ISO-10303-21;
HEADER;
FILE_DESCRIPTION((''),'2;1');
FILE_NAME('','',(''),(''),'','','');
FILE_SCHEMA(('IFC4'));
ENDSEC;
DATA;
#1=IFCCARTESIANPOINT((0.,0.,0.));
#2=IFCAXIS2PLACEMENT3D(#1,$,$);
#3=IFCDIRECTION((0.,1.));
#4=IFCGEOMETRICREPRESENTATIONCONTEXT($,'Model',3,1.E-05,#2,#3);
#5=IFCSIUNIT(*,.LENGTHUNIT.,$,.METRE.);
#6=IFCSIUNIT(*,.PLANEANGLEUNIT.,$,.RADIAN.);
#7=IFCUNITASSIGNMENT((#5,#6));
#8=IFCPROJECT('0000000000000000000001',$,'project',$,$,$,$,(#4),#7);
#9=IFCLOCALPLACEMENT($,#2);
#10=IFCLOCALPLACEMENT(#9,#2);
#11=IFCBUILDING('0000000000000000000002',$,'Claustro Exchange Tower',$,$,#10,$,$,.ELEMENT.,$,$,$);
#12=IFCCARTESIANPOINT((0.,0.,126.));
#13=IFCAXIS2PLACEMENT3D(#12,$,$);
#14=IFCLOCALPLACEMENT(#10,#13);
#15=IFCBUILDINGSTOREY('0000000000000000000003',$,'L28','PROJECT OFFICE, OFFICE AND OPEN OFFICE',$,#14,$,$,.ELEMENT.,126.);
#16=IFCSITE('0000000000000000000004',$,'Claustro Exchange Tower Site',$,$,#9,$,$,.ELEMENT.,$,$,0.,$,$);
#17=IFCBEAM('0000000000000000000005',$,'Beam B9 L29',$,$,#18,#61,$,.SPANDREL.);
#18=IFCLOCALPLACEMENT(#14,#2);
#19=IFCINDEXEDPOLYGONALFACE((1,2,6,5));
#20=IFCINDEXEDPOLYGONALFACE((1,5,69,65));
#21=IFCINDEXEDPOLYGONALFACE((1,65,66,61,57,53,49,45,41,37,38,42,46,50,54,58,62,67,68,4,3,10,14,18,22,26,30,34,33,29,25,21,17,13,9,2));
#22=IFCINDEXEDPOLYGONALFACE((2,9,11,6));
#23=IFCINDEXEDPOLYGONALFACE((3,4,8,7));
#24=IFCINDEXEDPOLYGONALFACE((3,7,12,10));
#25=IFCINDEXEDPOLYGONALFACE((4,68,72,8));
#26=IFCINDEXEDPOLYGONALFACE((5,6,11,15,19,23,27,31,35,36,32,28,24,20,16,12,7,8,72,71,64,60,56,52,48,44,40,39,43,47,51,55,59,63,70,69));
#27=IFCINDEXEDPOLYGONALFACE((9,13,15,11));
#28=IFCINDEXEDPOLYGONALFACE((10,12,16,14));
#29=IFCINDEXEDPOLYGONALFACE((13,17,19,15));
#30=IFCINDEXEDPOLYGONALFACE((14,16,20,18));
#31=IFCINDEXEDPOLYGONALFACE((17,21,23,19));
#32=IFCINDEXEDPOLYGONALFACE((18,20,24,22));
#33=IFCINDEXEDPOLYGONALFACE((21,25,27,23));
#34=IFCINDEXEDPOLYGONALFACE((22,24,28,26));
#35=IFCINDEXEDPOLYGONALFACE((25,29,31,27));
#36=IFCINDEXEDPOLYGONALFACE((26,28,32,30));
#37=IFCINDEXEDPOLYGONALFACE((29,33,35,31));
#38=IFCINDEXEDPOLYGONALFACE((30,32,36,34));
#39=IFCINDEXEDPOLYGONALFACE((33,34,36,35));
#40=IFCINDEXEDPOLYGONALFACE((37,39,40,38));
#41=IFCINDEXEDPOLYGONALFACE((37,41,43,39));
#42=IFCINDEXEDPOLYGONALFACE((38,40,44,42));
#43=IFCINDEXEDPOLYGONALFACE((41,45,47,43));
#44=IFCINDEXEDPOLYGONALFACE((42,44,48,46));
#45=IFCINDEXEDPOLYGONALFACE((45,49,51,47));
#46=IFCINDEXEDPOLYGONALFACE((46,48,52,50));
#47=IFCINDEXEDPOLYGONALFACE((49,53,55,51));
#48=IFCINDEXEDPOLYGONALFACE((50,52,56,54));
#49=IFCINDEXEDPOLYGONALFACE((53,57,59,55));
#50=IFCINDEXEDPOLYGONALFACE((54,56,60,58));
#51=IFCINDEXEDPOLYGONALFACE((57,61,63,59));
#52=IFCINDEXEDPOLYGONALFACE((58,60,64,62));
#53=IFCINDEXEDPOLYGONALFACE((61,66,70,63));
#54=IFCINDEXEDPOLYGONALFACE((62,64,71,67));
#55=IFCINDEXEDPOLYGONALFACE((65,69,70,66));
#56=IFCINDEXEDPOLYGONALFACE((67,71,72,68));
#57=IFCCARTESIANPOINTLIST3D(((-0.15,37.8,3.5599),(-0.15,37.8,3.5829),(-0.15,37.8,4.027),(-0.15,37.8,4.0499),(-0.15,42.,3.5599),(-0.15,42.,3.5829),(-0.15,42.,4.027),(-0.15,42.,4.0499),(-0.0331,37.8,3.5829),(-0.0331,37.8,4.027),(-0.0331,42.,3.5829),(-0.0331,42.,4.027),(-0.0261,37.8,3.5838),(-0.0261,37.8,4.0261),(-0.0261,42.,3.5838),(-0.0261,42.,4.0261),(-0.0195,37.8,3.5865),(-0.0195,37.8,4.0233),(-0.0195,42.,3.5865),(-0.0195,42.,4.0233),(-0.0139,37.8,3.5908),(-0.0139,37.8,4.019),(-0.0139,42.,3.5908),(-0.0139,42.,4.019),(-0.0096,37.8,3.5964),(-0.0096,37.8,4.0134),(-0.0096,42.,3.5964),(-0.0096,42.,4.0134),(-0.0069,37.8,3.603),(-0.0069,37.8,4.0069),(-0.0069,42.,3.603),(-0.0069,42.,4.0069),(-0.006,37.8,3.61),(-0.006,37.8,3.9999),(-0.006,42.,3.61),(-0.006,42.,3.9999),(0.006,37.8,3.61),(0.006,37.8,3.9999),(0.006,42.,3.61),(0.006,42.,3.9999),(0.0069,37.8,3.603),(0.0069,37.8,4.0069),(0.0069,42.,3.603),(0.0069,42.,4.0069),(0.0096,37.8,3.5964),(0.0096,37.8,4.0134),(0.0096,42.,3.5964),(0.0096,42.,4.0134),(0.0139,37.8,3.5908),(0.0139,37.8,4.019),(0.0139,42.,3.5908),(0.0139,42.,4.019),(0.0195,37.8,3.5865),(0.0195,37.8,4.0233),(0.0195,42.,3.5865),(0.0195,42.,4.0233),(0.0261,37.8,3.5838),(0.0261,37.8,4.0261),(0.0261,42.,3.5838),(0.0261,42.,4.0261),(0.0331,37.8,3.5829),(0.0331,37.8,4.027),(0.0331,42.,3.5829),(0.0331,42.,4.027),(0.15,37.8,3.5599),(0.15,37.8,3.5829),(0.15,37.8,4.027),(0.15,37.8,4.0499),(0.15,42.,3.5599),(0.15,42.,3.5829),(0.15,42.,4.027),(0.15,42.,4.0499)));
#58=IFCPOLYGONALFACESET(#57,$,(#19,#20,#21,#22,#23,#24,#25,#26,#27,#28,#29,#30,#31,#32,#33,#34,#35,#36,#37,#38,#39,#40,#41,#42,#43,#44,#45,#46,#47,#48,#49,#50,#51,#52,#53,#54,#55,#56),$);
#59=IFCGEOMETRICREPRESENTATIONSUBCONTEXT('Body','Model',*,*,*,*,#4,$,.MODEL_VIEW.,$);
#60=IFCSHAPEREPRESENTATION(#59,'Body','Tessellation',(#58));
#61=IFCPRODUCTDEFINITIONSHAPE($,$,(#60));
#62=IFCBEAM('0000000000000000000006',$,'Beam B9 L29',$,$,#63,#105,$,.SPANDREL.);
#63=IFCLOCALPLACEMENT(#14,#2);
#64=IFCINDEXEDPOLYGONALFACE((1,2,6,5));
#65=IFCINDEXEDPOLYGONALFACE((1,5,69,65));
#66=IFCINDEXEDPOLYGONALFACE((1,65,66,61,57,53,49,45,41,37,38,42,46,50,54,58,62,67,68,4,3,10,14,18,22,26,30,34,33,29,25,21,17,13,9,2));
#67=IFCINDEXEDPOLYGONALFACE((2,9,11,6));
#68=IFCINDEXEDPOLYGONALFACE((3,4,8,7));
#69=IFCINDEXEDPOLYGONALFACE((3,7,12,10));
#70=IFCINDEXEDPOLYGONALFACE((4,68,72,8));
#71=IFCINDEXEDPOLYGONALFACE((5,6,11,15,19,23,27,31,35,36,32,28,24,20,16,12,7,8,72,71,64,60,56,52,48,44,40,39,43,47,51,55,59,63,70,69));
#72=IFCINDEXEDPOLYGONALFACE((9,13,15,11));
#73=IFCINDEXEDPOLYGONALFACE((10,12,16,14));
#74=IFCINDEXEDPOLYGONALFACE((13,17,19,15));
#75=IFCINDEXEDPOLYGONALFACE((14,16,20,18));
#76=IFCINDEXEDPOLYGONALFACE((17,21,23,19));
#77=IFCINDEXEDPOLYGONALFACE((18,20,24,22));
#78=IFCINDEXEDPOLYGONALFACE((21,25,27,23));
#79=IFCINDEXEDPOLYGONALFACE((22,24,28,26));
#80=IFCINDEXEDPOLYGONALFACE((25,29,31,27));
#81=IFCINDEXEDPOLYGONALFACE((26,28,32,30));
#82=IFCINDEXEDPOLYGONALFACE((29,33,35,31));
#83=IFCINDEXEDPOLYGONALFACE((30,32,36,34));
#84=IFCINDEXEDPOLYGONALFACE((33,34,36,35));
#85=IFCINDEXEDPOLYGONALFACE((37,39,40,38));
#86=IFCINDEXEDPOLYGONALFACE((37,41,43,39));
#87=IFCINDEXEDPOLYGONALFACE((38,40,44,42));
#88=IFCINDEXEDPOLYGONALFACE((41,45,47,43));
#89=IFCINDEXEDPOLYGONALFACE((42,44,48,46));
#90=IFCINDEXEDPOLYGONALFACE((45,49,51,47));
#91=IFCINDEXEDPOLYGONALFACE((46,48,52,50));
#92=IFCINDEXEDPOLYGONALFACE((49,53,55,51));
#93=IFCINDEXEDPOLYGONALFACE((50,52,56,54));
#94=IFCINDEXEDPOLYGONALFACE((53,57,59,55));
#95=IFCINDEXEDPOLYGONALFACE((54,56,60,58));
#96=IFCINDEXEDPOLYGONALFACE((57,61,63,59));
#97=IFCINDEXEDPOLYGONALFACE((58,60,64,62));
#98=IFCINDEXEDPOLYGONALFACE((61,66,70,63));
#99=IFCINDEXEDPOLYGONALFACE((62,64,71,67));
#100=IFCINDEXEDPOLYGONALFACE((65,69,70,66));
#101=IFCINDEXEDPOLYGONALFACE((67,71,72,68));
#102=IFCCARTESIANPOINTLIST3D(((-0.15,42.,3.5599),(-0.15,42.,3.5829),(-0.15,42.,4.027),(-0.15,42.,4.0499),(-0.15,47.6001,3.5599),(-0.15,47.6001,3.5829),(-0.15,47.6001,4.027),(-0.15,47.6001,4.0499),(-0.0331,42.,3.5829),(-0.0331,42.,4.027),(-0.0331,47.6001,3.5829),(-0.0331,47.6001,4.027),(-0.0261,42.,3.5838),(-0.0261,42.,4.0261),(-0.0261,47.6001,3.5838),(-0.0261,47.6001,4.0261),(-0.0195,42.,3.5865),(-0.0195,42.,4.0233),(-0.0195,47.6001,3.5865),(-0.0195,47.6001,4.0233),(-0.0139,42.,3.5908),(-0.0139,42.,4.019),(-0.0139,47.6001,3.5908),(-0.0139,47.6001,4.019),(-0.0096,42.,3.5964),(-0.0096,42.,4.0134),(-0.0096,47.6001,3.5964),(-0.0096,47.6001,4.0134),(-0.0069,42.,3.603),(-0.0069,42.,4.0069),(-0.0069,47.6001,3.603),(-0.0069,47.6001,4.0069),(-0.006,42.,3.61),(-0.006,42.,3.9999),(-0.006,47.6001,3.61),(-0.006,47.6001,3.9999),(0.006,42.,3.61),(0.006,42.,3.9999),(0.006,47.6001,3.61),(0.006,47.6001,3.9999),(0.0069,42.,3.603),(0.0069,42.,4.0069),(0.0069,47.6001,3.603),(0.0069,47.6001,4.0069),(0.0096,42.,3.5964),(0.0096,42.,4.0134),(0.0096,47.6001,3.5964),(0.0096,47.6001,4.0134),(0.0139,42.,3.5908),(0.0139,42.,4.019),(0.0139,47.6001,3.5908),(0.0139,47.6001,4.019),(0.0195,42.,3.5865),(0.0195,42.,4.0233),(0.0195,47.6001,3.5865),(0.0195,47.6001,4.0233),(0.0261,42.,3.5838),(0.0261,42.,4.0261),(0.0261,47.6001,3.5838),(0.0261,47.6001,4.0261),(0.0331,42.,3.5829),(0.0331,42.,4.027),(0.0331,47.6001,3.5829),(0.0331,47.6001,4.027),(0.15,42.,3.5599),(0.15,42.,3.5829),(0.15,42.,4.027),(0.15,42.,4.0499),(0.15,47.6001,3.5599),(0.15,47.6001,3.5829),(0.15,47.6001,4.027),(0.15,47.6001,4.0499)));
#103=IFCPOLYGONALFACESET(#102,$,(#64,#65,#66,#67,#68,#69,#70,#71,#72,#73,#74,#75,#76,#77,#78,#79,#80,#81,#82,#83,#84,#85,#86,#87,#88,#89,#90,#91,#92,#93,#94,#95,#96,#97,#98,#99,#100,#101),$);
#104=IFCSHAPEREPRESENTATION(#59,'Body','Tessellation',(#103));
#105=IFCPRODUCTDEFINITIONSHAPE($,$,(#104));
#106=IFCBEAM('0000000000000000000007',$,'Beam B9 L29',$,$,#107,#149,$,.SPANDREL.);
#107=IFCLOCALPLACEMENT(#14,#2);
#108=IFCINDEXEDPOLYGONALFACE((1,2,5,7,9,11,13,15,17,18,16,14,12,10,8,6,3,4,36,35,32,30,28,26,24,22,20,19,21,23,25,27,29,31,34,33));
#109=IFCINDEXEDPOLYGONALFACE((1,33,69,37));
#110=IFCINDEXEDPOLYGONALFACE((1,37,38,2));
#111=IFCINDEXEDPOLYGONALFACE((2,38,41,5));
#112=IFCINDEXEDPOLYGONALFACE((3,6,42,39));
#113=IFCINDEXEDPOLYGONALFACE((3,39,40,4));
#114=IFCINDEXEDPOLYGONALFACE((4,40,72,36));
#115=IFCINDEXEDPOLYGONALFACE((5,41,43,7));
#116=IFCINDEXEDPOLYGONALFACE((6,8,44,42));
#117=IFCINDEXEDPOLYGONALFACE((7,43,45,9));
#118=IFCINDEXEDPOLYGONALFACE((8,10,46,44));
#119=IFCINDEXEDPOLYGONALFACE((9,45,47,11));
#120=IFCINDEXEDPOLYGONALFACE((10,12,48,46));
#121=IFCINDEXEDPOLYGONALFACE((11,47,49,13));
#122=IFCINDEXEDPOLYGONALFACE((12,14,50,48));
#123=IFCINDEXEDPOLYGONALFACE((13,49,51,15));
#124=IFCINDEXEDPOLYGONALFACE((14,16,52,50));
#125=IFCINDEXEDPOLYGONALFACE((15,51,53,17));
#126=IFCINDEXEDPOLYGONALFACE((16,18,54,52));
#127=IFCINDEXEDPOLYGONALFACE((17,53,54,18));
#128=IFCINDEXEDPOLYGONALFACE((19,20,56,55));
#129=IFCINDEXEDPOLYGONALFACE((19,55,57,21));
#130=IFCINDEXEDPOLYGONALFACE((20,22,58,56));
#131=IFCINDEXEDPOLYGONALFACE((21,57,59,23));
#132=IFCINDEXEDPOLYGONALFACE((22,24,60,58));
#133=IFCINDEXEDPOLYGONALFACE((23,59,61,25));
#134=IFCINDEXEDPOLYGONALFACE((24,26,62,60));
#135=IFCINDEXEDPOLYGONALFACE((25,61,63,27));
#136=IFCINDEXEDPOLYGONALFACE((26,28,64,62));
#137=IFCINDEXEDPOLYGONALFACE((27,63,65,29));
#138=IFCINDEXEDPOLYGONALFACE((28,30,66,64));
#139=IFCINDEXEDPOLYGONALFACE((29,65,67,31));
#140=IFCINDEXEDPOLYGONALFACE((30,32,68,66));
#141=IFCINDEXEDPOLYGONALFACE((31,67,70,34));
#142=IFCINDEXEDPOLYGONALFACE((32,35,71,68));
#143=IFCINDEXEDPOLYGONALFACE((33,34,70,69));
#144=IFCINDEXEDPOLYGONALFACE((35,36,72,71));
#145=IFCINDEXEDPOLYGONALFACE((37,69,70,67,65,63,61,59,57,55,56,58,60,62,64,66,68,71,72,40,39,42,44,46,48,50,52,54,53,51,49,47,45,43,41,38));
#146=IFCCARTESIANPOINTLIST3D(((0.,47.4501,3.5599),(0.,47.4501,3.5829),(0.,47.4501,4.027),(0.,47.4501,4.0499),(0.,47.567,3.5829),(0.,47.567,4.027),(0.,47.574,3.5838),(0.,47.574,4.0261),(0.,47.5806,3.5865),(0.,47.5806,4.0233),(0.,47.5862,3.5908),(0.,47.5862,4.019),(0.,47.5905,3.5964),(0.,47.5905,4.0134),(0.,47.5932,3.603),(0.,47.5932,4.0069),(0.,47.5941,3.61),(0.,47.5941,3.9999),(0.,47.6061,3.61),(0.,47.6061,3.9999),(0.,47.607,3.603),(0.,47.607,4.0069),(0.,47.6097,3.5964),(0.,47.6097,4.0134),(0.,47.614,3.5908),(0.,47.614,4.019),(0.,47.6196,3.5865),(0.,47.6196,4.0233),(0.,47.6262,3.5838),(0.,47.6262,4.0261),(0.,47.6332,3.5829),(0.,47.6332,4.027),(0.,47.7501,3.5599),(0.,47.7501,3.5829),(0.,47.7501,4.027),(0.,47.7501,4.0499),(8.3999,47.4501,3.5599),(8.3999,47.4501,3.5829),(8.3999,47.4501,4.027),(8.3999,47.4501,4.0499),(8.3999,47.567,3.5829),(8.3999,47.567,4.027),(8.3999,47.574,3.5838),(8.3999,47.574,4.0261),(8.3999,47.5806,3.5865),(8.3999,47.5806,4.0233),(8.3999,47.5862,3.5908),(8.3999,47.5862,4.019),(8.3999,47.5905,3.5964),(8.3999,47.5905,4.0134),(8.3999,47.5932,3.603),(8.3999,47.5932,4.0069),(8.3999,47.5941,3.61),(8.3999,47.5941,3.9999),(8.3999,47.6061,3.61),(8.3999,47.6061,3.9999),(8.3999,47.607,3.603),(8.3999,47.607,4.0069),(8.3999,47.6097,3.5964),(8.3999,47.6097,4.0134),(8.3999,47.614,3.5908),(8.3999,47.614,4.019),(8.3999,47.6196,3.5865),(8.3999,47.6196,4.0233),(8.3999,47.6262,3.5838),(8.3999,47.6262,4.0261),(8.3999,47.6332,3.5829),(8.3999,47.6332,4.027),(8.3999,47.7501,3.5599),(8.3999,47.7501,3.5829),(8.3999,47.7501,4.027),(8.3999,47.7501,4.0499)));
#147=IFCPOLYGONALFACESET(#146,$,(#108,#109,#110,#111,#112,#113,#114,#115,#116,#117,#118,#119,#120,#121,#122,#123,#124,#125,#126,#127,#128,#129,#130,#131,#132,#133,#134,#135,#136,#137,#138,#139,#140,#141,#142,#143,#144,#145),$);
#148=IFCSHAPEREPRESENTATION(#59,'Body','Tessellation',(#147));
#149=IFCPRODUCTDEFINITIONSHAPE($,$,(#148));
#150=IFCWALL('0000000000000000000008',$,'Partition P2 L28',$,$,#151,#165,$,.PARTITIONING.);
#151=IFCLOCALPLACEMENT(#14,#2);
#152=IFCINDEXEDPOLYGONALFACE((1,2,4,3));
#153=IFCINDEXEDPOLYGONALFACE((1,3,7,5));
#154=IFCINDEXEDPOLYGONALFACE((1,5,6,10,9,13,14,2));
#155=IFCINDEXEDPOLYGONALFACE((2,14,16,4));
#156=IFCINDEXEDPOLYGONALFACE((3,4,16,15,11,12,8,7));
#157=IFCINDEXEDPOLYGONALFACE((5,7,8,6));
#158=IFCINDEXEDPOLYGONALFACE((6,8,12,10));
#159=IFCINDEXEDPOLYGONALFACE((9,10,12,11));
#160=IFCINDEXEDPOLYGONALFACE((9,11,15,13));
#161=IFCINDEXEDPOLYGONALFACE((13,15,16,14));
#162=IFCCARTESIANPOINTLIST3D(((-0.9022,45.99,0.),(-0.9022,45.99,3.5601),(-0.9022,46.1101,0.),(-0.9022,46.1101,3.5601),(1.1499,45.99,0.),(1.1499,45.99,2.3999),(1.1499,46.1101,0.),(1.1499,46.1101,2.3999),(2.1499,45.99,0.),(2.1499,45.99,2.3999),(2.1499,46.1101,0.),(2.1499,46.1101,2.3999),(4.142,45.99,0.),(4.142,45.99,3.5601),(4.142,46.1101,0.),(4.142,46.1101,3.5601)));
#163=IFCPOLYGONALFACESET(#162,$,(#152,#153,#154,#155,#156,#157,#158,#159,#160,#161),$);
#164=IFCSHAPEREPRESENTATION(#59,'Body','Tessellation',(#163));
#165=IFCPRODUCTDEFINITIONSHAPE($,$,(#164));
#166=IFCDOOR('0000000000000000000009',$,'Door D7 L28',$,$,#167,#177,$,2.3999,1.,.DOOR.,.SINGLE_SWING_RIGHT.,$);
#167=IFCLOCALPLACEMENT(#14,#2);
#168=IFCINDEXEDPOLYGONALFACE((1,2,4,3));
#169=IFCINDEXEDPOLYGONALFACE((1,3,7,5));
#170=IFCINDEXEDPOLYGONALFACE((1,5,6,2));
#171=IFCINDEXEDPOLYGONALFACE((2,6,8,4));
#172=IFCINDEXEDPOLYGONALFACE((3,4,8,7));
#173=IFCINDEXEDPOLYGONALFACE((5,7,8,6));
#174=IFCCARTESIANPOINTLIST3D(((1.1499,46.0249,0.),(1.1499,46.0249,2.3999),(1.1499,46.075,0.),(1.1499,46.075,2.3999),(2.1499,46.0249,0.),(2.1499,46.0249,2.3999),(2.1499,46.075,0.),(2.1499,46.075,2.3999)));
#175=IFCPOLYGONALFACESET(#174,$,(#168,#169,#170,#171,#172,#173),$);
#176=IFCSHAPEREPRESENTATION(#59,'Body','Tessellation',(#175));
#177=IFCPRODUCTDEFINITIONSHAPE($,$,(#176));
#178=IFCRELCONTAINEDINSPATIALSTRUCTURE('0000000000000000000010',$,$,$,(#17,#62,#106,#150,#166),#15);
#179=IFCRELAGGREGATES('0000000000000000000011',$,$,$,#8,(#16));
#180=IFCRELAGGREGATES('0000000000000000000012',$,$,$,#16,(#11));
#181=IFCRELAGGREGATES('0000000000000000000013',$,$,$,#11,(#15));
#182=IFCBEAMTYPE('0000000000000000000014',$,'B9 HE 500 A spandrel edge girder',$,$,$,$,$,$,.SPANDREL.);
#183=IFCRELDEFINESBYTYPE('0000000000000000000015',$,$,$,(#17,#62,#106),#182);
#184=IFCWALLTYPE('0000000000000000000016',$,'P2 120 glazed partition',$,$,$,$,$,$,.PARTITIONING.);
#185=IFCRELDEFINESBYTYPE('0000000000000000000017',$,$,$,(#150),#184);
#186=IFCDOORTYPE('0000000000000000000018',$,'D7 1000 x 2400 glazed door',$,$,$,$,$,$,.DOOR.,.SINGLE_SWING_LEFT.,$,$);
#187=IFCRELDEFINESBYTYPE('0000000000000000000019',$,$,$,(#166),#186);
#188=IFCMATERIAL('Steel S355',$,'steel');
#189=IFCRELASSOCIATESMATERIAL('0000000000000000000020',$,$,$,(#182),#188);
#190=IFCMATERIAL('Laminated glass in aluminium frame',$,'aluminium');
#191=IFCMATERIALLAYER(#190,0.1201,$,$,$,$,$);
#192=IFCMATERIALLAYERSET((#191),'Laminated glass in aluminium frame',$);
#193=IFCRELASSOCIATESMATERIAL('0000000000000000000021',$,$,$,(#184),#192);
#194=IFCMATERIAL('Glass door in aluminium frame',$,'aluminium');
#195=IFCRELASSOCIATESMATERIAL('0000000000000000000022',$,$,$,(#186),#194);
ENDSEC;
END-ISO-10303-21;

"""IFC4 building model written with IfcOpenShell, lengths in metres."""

from ifc_helpers import new_model, si_unit, direction, frame, frame_2d, origin, origin_2d, place, context, subcontext, project, spatial, rectangle, i_section, extrude, material, layer, layer_set, material_profile, profile_set, type_object, element, fill, save


model = new_model("IFC4")

# Units and contexts
model_context = context("Model", 3, precision=1e-05, world=origin(), true_north=direction((0.0, 1.0)))
body_context = subcontext(model_context, "Body", "Model", "MODEL_VIEW")
ifc_project = project(units=[si_unit("LENGTHUNIT", "METRE"), si_unit("PLANEANGLEUNIT", "RADIAN")], contexts=[model_context])

# Site, building, storey
site_placement = place(None, origin())
site = spatial("IfcSite", under=ifc_project, at=site_placement, Name="Claustro Exchange Tower Site", CompositionType="ELEMENT", RefElevation=0.0)
building_placement = place(site_placement, origin())
building = spatial("IfcBuilding", under=site, at=building_placement, Name="Claustro Exchange Tower", CompositionType="ELEMENT")
storey_placement = place(building_placement, frame((0.0, 0.0, 126.0)))
storey = spatial("IfcBuildingStorey", under=building, at=storey_placement, Name="L28", Description="PROJECT OFFICE, OFFICE AND OPEN OFFICE", CompositionType="ELEMENT", Elevation=126.0)

# Beams
ifc_material_1 = material(Name="Steel S355", Category="steel")
ifc_material_profile_1 = material_profile(ifc_material_1, i_section(OverallWidth=0.3, OverallDepth=0.49, WebThickness=0.012, FlangeThickness=0.0229, FilletRadius=0.0271, at=origin_2d()), Name="HE 500 A")
ifc_profile_set_1 = profile_set([ifc_material_profile_1], Name="Steel S355")
beam_type_1 = type_object("IfcBeamType", Name="B9 HE 500 A spandrel edge girder", PredefinedType="SPANDREL", material=ifc_profile_set_1)
beam_1_placement = place(storey_placement, frame((0.0, 37.8, 3.8049), z_axis=(0.0, 1.0, 0.0), x_axis=(-1.0, 0.0, 0.0)))
element("IfcBeam", 1, at=beam_1_placement, inside=storey, type_object=beam_type_1, Name="Beam B9 L29", PredefinedType="SPANDREL", context=body_context, shape_type="SweptSolid", body=[
    extrude(i_section(OverallWidth=0.3, OverallDepth=0.49, WebThickness=0.012, FlangeThickness=0.0229, FilletRadius=0.0271, at=origin_2d()), origin(), (0.0, 0.0, 1.0), 4.2),
])
beam_2_placement = place(storey_placement, frame((0.0, 42.0, 3.8049), z_axis=(0.0, 1.0, 0.0), x_axis=(-1.0, 0.0, 0.0)))
element("IfcBeam", 2, at=beam_2_placement, inside=storey, type_object=beam_type_1, Name="Beam B9 L29", PredefinedType="SPANDREL", context=body_context, shape_type="SweptSolid", body=[
    extrude(i_section(OverallWidth=0.3, OverallDepth=0.49, WebThickness=0.012, FlangeThickness=0.0229, FilletRadius=0.0271, at=origin_2d()), origin(), (0.0, 0.0, 1.0), 5.6001),
])
beam_3_placement = place(storey_placement, frame((0.0, 47.6001, 3.8049), z_axis=(1.0, 0.0, 0.0), x_axis=(0.0, 1.0, 0.0)))
element("IfcBeam", 3, at=beam_3_placement, inside=storey, type_object=beam_type_1, Name="Beam B9 L29", PredefinedType="SPANDREL", context=body_context, shape_type="SweptSolid", body=[
    extrude(i_section(OverallWidth=0.3, OverallDepth=0.49, WebThickness=0.012, FlangeThickness=0.0229, FilletRadius=0.0271, at=origin_2d()), origin(), (0.0, 0.0, 1.0), 8.3999),
])

# Wall, opening, door
ifc_material_2 = material(Name="Laminated glass in aluminium frame", Category="aluminium")
ifc_layer_1 = layer(ifc_material_2, 0.1201)
ifc_layer_set_1 = layer_set([ifc_layer_1], Name="Laminated glass in aluminium frame")
wall_type_1 = type_object("IfcWallType", Name="P2 120 glazed partition", PredefinedType="PARTITIONING", material=ifc_layer_set_1)
wall_1_placement = place(storey_placement, frame((-0.9021, 46.05, 0.0), z_axis=(0.0, 0.0, 1.0), x_axis=(1.0, 0.0, 0.0)))
wall_1 = element("IfcWall", 4, at=wall_1_placement, inside=storey, type_object=wall_type_1, Name="Partition P2 L28", PredefinedType="PARTITIONING", context=body_context, shape_type="SweptSolid", body=[
    extrude(rectangle(XDim=5.0442, YDim=0.1201, at=frame_2d((2.522, 0.0))), origin(), (0.0, 0.0, 1.0), 3.5601),
])
opening_1_placement = place(wall_1_placement, frame((2.052, 0.0, 0.0)))
opening_1 = element("IfcOpeningElement", 5, at=opening_1_placement, cuts=wall_1, PredefinedType="OPENING", context=body_context, shape_type="SweptSolid", body=[
    extrude(rectangle(XDim=1.0, YDim=2.3999, at=frame_2d((0.5, 1.2))), frame((0.0, 0.0701, 0.0), z_axis=(0.0, -1.0, 0.0), x_axis=(1.0, 0.0, 0.0)), (0.0, 0.0, 1.0), 0.1401),
])
ifc_material_3 = material(Name="Glass door in aluminium frame", Category="aluminium")
door_type = type_object("IfcDoorType", Name="D7 1000 x 2400 glazed door", OperationType="SINGLE_SWING_LEFT", PredefinedType="DOOR", material=ifc_material_3)
door_1_placement = place(opening_1_placement, origin())
door_1 = element("IfcDoor", 6, at=door_1_placement, inside=storey, type_object=door_type, Name="Door D7 L28", OperationType="SINGLE_SWING_RIGHT", OverallHeight=2.3999, OverallWidth=1.0, PredefinedType="DOOR", context=body_context, shape_type="SweptSolid", body=[
    extrude(rectangle(XDim=1.0, YDim=2.3999, at=frame_2d((0.5, 1.2))), frame((0.0, 0.0249, 0.0), z_axis=(0.0, -1.0, 0.0), x_axis=(1.0, 0.0, 0.0)), (0.0, 0.0, 1.0), 0.05),
])
fill(opening_1, door_1)

save(model, "model.ifc")
